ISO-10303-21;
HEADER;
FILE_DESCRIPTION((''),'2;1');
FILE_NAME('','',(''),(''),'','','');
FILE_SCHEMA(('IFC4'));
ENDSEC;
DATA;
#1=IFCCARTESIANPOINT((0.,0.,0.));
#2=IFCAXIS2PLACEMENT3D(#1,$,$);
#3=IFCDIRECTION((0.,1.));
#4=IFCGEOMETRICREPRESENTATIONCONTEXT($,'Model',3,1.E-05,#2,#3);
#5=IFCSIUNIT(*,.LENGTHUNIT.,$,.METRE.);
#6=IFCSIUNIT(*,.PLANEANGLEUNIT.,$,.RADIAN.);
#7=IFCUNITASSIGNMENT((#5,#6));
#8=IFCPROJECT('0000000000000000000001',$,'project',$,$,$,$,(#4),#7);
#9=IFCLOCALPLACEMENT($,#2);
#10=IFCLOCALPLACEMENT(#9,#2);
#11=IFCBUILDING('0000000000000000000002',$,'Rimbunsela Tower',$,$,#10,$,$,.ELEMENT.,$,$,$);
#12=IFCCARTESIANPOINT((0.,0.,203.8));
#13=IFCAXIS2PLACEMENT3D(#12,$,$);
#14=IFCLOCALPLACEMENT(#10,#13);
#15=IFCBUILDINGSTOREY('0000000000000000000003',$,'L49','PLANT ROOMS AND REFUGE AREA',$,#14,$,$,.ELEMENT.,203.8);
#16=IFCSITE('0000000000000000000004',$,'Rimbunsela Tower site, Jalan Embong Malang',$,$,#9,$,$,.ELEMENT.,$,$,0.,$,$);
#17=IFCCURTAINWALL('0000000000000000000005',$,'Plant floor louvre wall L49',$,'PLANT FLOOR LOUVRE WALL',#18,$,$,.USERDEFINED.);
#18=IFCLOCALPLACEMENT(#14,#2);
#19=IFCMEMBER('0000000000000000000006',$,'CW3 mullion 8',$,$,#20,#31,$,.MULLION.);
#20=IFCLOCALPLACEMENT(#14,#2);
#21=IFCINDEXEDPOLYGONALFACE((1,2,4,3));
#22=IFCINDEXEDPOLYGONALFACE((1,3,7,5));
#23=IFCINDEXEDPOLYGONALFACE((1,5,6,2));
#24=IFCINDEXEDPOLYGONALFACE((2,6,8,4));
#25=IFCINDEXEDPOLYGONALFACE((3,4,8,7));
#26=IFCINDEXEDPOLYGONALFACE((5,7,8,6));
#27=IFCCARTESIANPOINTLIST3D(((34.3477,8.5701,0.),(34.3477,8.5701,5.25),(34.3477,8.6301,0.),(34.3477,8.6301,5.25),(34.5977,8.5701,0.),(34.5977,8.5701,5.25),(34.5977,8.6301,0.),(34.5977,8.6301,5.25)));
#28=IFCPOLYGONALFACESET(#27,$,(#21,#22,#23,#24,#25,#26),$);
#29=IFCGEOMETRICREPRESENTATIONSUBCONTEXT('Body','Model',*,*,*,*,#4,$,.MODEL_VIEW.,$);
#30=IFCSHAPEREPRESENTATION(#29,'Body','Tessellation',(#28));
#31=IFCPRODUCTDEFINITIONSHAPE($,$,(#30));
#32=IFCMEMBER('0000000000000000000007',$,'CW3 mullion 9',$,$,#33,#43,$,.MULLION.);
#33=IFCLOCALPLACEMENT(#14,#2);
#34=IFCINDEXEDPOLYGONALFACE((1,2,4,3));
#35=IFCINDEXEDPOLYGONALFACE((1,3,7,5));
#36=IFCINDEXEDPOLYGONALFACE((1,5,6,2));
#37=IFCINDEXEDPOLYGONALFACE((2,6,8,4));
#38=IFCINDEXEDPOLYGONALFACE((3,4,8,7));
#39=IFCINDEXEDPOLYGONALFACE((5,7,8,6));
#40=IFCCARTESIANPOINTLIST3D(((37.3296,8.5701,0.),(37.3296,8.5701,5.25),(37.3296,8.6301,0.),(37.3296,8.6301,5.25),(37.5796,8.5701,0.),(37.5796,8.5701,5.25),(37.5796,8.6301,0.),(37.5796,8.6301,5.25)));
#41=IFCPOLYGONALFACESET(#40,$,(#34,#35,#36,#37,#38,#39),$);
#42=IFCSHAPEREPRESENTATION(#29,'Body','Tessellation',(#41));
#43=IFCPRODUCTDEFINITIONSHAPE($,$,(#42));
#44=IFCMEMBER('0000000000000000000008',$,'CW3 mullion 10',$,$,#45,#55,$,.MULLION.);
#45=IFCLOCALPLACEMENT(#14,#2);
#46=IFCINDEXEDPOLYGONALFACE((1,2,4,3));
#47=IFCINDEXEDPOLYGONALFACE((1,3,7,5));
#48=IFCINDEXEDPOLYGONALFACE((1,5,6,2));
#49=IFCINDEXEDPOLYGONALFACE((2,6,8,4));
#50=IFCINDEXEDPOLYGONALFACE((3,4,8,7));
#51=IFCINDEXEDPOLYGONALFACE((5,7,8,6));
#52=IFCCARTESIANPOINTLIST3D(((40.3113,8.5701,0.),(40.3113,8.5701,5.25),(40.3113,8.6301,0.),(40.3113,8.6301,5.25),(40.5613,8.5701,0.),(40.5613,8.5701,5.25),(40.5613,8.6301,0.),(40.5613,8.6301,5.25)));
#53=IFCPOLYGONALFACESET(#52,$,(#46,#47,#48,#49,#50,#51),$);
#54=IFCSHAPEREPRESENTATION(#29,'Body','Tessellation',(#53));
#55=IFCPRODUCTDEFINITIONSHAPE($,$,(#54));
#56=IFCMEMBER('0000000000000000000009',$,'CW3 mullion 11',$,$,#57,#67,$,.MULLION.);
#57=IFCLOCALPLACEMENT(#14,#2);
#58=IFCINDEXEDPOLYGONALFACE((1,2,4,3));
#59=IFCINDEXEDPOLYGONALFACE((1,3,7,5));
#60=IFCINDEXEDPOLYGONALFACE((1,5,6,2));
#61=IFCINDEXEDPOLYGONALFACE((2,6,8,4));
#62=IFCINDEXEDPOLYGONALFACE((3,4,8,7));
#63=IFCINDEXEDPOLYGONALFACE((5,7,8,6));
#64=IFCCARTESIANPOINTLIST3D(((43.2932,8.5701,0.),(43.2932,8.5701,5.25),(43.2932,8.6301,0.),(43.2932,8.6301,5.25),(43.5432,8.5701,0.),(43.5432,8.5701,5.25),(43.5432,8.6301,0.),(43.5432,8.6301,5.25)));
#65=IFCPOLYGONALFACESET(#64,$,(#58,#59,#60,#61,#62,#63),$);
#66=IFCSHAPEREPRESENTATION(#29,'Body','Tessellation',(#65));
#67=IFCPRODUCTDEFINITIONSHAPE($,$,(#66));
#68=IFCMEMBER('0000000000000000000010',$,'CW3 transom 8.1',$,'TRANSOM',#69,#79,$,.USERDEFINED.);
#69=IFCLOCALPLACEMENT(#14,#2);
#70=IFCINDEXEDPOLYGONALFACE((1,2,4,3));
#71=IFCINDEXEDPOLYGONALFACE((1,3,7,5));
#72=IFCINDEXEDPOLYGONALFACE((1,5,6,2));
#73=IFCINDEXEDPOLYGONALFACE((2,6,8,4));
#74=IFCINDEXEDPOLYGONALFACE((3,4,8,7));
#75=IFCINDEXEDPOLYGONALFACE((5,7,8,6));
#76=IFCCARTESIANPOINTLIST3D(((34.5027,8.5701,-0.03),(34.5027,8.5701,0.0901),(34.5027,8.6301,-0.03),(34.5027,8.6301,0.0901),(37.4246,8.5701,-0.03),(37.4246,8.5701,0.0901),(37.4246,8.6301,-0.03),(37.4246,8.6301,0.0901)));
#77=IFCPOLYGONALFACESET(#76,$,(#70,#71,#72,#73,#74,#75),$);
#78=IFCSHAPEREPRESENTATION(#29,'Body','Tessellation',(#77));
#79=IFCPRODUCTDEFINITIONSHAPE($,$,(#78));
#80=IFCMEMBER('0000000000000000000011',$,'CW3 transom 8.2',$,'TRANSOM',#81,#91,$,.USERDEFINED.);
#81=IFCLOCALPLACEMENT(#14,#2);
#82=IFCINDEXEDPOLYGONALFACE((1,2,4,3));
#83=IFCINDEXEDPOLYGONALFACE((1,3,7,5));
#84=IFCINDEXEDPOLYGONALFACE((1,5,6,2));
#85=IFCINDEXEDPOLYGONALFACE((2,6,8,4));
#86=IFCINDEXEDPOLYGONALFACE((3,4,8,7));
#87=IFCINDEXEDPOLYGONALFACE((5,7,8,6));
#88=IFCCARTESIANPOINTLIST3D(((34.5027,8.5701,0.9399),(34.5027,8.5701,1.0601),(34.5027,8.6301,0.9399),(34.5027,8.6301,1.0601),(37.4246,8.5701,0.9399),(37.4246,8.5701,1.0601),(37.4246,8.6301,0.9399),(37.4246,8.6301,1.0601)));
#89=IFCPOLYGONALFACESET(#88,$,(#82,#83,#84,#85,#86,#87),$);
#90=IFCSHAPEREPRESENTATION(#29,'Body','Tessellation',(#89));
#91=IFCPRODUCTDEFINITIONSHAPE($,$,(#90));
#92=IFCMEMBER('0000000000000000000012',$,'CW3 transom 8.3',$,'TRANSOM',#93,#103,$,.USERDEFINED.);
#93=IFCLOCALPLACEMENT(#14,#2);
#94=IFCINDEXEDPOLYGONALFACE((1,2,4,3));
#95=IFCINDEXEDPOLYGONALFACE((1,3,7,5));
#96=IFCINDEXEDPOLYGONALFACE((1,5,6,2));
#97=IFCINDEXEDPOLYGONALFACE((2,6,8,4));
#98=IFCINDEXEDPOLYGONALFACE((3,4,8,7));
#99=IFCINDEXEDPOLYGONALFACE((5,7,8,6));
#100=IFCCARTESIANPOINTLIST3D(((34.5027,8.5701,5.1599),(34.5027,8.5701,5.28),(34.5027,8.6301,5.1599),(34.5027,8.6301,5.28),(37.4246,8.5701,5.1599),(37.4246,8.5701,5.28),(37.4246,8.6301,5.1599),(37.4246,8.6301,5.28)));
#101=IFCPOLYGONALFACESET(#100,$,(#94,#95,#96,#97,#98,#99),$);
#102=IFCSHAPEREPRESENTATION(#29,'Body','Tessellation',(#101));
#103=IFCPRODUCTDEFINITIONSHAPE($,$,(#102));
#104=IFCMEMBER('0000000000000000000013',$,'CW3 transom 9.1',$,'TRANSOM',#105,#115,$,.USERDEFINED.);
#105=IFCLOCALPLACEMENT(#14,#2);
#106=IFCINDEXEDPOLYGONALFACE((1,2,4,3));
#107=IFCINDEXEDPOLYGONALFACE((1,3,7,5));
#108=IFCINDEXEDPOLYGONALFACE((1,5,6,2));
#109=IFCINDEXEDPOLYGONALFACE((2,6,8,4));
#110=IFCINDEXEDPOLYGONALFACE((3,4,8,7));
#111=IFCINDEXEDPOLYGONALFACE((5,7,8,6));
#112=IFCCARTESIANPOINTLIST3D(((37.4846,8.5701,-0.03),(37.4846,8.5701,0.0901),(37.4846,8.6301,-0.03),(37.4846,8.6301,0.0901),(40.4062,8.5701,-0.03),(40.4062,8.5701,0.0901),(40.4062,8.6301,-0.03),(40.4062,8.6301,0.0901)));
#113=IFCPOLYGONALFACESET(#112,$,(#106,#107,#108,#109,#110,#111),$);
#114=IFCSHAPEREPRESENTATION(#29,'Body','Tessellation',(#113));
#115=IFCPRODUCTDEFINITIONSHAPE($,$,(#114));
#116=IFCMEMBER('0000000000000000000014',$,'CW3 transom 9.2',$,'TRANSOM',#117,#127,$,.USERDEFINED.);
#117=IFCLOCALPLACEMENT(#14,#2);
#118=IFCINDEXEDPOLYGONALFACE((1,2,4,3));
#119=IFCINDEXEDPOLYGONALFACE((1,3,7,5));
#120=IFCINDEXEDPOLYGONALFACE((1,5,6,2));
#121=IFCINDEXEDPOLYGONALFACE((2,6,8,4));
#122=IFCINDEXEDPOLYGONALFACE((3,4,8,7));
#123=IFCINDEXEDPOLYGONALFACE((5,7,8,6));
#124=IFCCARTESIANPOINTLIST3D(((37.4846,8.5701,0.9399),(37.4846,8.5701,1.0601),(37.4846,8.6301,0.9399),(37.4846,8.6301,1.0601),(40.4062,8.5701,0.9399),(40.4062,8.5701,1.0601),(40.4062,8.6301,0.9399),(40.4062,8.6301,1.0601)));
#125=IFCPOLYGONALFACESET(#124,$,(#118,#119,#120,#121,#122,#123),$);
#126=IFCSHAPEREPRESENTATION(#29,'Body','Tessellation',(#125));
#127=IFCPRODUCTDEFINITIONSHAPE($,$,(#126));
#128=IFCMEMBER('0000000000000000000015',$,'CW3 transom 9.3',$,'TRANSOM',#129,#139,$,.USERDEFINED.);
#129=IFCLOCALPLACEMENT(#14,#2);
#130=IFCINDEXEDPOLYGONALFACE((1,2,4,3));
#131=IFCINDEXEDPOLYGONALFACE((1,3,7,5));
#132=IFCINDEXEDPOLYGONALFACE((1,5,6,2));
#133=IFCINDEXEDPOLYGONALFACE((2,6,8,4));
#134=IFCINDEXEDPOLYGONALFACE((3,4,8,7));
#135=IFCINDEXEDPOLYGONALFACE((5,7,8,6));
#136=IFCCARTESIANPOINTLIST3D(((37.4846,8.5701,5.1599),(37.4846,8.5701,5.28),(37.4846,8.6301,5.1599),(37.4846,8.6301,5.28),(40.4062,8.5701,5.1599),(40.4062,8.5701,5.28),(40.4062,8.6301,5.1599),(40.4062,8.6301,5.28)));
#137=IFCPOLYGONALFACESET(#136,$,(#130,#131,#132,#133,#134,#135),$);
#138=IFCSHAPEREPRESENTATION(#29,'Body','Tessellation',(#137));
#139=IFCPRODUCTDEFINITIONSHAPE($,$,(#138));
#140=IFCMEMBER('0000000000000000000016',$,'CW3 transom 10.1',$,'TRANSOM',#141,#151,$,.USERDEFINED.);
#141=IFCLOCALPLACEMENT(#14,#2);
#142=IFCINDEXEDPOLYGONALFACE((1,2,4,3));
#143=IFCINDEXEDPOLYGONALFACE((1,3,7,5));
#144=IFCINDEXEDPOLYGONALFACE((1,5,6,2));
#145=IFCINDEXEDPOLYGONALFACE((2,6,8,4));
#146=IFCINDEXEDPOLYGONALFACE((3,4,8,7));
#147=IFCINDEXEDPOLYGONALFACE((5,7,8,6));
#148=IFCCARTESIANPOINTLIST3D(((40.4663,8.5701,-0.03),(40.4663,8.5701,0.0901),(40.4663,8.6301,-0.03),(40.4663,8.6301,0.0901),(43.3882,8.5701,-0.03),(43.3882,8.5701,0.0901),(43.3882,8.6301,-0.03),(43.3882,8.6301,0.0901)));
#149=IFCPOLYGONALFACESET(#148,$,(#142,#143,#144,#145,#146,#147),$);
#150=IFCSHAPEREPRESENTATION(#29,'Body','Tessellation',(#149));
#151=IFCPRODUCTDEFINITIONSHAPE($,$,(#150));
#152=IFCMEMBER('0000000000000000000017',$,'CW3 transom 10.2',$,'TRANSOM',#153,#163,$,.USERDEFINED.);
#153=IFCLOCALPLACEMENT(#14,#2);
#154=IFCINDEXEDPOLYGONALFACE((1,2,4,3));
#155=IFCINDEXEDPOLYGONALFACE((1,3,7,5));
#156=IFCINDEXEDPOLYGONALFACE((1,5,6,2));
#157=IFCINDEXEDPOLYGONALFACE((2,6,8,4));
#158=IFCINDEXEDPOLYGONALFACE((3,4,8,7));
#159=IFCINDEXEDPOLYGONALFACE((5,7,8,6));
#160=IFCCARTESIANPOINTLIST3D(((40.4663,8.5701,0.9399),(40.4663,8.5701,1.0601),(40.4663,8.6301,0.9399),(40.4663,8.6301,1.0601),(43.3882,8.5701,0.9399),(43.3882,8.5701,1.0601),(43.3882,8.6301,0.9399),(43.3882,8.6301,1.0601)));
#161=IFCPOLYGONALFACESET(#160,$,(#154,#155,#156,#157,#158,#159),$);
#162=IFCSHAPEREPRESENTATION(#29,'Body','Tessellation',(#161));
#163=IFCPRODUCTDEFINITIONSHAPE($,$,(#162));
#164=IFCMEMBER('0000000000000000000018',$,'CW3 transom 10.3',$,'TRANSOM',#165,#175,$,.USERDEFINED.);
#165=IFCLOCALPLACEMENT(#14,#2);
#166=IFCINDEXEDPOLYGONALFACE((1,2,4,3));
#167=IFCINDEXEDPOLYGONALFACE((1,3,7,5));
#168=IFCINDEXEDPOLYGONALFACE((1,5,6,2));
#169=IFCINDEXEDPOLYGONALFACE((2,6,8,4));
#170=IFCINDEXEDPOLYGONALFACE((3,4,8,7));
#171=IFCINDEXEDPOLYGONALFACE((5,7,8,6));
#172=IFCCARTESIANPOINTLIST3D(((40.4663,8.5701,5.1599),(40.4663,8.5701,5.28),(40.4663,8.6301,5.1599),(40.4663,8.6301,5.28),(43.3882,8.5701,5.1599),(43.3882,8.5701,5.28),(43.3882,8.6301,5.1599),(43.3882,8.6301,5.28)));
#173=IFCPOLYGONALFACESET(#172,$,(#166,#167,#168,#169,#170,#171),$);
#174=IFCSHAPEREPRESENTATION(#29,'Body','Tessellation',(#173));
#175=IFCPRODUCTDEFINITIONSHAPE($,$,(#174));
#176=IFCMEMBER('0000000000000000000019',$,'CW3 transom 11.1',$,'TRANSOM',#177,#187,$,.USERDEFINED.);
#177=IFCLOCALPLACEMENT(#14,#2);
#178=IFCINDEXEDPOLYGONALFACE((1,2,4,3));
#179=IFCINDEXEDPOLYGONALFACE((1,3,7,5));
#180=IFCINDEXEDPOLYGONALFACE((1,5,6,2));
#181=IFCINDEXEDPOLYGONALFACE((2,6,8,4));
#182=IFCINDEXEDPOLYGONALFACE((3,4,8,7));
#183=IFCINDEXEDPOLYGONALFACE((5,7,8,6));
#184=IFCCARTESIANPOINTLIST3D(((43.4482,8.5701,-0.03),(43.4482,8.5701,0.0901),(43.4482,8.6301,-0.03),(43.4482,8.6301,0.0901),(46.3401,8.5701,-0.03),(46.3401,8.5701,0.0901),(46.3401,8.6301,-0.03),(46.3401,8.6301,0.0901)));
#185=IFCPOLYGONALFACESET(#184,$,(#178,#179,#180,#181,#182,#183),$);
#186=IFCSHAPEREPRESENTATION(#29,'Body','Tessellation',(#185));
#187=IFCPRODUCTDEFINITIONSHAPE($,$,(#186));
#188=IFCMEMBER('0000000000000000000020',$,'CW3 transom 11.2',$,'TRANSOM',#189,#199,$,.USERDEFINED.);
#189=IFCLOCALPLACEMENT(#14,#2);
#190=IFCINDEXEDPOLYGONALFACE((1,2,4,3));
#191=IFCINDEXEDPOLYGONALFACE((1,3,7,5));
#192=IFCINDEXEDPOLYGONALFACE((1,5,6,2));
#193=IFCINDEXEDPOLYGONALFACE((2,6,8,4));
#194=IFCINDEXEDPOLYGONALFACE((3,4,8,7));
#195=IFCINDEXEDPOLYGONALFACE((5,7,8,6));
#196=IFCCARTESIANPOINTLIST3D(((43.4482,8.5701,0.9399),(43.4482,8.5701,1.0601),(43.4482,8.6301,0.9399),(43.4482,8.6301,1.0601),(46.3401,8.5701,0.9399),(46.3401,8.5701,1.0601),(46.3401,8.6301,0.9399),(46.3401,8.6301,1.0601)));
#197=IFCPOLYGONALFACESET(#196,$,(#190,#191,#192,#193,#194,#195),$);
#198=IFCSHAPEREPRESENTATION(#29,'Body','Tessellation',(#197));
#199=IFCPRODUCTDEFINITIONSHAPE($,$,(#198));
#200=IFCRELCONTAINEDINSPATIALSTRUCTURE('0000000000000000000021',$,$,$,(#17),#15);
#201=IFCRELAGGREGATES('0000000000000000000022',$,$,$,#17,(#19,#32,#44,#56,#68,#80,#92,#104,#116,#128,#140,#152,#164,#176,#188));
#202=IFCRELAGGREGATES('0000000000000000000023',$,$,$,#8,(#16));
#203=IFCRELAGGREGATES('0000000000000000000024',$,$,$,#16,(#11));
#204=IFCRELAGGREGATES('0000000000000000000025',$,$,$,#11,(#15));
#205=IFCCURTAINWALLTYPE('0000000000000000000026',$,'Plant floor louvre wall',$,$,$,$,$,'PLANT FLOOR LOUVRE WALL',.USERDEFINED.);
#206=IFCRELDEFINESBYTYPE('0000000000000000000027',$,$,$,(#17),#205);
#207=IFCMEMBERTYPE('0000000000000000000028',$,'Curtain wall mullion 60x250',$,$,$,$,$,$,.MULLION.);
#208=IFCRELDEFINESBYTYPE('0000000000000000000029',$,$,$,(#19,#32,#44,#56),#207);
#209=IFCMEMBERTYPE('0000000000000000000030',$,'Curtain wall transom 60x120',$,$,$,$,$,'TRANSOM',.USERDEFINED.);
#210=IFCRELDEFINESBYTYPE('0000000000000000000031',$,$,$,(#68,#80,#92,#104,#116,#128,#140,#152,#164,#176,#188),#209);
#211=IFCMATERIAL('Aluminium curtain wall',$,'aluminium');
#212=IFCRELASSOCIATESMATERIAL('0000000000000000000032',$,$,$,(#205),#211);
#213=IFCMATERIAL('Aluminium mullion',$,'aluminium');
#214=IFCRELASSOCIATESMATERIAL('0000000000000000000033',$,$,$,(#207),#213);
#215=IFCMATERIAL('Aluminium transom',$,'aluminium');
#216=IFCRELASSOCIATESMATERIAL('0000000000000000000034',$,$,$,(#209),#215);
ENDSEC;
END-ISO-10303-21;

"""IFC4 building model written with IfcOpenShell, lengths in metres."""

from ifc_helpers import new_model, si_unit, direction, frame, origin, origin_2d, place, context, subcontext, project, spatial, rectangle, extrude, material, material_profile, profile_set, type_object, element, aggregate, save


model = new_model("IFC4")

# Units and contexts
model_context = context("Model", 3, precision=1e-05, world=origin(), true_north=direction((0.0, 1.0)))
body_context = subcontext(model_context, "Body", "Model", "MODEL_VIEW")
ifc_project = project(units=[si_unit("LENGTHUNIT", "METRE"), si_unit("PLANEANGLEUNIT", "RADIAN")], contexts=[model_context])

# Site, building, storey
site_placement = place(None, origin())
site = spatial("IfcSite", under=ifc_project, at=site_placement, Name="Rimbunsela Tower site, Jalan Embong Malang", CompositionType="ELEMENT", RefElevation=0.0)
building_placement = place(site_placement, origin())
building = spatial("IfcBuilding", under=site, at=building_placement, Name="Rimbunsela Tower", CompositionType="ELEMENT")
storey_placement = place(building_placement, frame((0.0, 0.0, 203.8)))
storey = spatial("IfcBuildingStorey", under=building, at=storey_placement, Name="L49", Description="PLANT ROOMS AND REFUGE AREA", CompositionType="ELEMENT", Elevation=203.8)

# Curtain wall, members
ifc_material_1 = material(Name="Aluminium curtain wall", Category="aluminium")
curtain_wall_type = type_object("IfcCurtainWallType", Name="Plant floor louvre wall", ElementType="PLANT FLOOR LOUVRE WALL", PredefinedType="USERDEFINED", material=ifc_material_1)
curtain_wall_placement = place(storey_placement, origin())
curtain_wall = element("IfcCurtainWall", 1, at=curtain_wall_placement, inside=storey, type_object=curtain_wall_type, Name="Plant floor louvre wall L49", ObjectType="PLANT FLOOR LOUVRE WALL", PredefinedType="USERDEFINED")
ifc_material_2 = material(Name="Aluminium mullion", Category="aluminium")
ifc_material_profile_1 = material_profile(ifc_material_2, rectangle(XDim=0.0601, YDim=0.25, at=origin_2d()), Name="Mullion 60x250")
ifc_profile_set_1 = profile_set([ifc_material_profile_1], Name="Aluminium mullion")
member_type_1 = type_object("IfcMemberType", Name="Curtain wall mullion 60x250", PredefinedType="MULLION", material=ifc_profile_set_1)
member_1_placement = place(storey_placement, frame((34.4727, 8.6001, 0.0), z_axis=(0.0, 0.0, 1.0), x_axis=(0.0, 1.0, 0.0)))
member_1 = element("IfcMember", 2, at=member_1_placement, type_object=member_type_1, Name="CW3 mullion 8", PredefinedType="MULLION", context=body_context, shape_type="SweptSolid", body=[
    extrude(rectangle(XDim=0.0601, YDim=0.25, at=origin_2d()), origin(), (0.0, 0.0, 1.0), 5.25),
])
member_2_placement = place(storey_placement, frame((37.4546, 8.6001, 0.0), z_axis=(0.0, 0.0, 1.0), x_axis=(0.0, 1.0, 0.0)))
member_2 = element("IfcMember", 3, at=member_2_placement, type_object=member_type_1, Name="CW3 mullion 9", PredefinedType="MULLION", context=body_context, shape_type="SweptSolid", body=[
    extrude(rectangle(XDim=0.0601, YDim=0.25, at=origin_2d()), origin(), (0.0, 0.0, 1.0), 5.25),
])
member_3_placement = place(storey_placement, frame((40.4363, 8.6001, 0.0), z_axis=(0.0, 0.0, 1.0), x_axis=(0.0, 1.0, 0.0)))
member_3 = element("IfcMember", 4, at=member_3_placement, type_object=member_type_1, Name="CW3 mullion 10", PredefinedType="MULLION", context=body_context, shape_type="SweptSolid", body=[
    extrude(rectangle(XDim=0.0601, YDim=0.25, at=origin_2d()), origin(), (0.0, 0.0, 1.0), 5.25),
])
member_4_placement = place(storey_placement, frame((43.4182, 8.6001, 0.0), z_axis=(0.0, 0.0, 1.0), x_axis=(0.0, 1.0, 0.0)))
member_4 = element("IfcMember", 5, at=member_4_placement, type_object=member_type_1, Name="CW3 mullion 11", PredefinedType="MULLION", context=body_context, shape_type="SweptSolid", body=[
    extrude(rectangle(XDim=0.0601, YDim=0.25, at=origin_2d()), origin(), (0.0, 0.0, 1.0), 5.25),
])
ifc_material_3 = material(Name="Aluminium transom", Category="aluminium")
ifc_material_profile_2 = material_profile(ifc_material_3, rectangle(XDim=0.0601, YDim=0.1201, at=origin_2d()), Name="Transom 60x120")
ifc_profile_set_2 = profile_set([ifc_material_profile_2], Name="Aluminium transom")
member_type_2 = type_object("IfcMemberType", Name="Curtain wall transom 60x120", ElementType="TRANSOM", PredefinedType="USERDEFINED", material=ifc_profile_set_2)
member_5_placement = place(storey_placement, frame((34.5027, 8.6001, 0.03), z_axis=(1.0, 0.0, 0.0), x_axis=(0.0, 1.0, 0.0)))
member_5 = element("IfcMember", 6, at=member_5_placement, type_object=member_type_2, Name="CW3 transom 8.1", ObjectType="TRANSOM", PredefinedType="USERDEFINED", context=body_context, shape_type="SweptSolid", body=[
    extrude(rectangle(XDim=0.0601, YDim=0.1201, at=origin_2d()), origin(), (0.0, 0.0, 1.0), 2.9219),
])
member_6_placement = place(storey_placement, frame((34.5027, 8.6001, 1.0), z_axis=(1.0, 0.0, 0.0), x_axis=(0.0, 1.0, 0.0)))
member_6 = element("IfcMember", 7, at=member_6_placement, type_object=member_type_2, Name="CW3 transom 8.2", ObjectType="TRANSOM", PredefinedType="USERDEFINED", context=body_context, shape_type="SweptSolid", body=[
    extrude(rectangle(XDim=0.0601, YDim=0.1201, at=origin_2d()), origin(), (0.0, 0.0, 1.0), 2.9219),
])
member_7_placement = place(storey_placement, frame((34.5027, 8.6001, 5.22), z_axis=(1.0, 0.0, 0.0), x_axis=(0.0, 1.0, 0.0)))
member_7 = element("IfcMember", 8, at=member_7_placement, type_object=member_type_2, Name="CW3 transom 8.3", ObjectType="TRANSOM", PredefinedType="USERDEFINED", context=body_context, shape_type="SweptSolid", body=[
    extrude(rectangle(XDim=0.0601, YDim=0.1201, at=origin_2d()), origin(), (0.0, 0.0, 1.0), 2.9219),
])
member_8_placement = place(storey_placement, frame((37.4846, 8.6001, 0.03), z_axis=(1.0, 0.0, 0.0), x_axis=(0.0, 1.0, 0.0)))
member_8 = element("IfcMember", 9, at=member_8_placement, type_object=member_type_2, Name="CW3 transom 9.1", ObjectType="TRANSOM", PredefinedType="USERDEFINED", context=body_context, shape_type="SweptSolid", body=[
    extrude(rectangle(XDim=0.0601, YDim=0.1201, at=origin_2d()), origin(), (0.0, 0.0, 1.0), 2.9216),
])
member_9_placement = place(storey_placement, frame((37.4846, 8.6001, 1.0), z_axis=(1.0, 0.0, 0.0), x_axis=(0.0, 1.0, 0.0)))
member_9 = element("IfcMember", 10, at=member_9_placement, type_object=member_type_2, Name="CW3 transom 9.2", ObjectType="TRANSOM", PredefinedType="USERDEFINED", context=body_context, shape_type="SweptSolid", body=[
    extrude(rectangle(XDim=0.0601, YDim=0.1201, at=origin_2d()), origin(), (0.0, 0.0, 1.0), 2.9216),
])
member_10_placement = place(storey_placement, frame((37.4846, 8.6001, 5.22), z_axis=(1.0, 0.0, 0.0), x_axis=(0.0, 1.0, 0.0)))
member_10 = element("IfcMember", 11, at=member_10_placement, type_object=member_type_2, Name="CW3 transom 9.3", ObjectType="TRANSOM", PredefinedType="USERDEFINED", context=body_context, shape_type="SweptSolid", body=[
    extrude(rectangle(XDim=0.0601, YDim=0.1201, at=origin_2d()), origin(), (0.0, 0.0, 1.0), 2.9216),
])
member_11_placement = place(storey_placement, frame((40.4663, 8.6001, 0.03), z_axis=(1.0, 0.0, 0.0), x_axis=(0.0, 1.0, 0.0)))
member_11 = element("IfcMember", 12, at=member_11_placement, type_object=member_type_2, Name="CW3 transom 10.1", ObjectType="TRANSOM", PredefinedType="USERDEFINED", context=body_context, shape_type="SweptSolid", body=[
    extrude(rectangle(XDim=0.0601, YDim=0.1201, at=origin_2d()), origin(), (0.0, 0.0, 1.0), 2.9219),
])
member_12_placement = place(storey_placement, frame((40.4663, 8.6001, 1.0), z_axis=(1.0, 0.0, 0.0), x_axis=(0.0, 1.0, 0.0)))
member_12 = element("IfcMember", 13, at=member_12_placement, type_object=member_type_2, Name="CW3 transom 10.2", ObjectType="TRANSOM", PredefinedType="USERDEFINED", context=body_context, shape_type="SweptSolid", body=[
    extrude(rectangle(XDim=0.0601, YDim=0.1201, at=origin_2d()), origin(), (0.0, 0.0, 1.0), 2.9219),
])
member_13_placement = place(storey_placement, frame((40.4663, 8.6001, 5.22), z_axis=(1.0, 0.0, 0.0), x_axis=(0.0, 1.0, 0.0)))
member_13 = element("IfcMember", 14, at=member_13_placement, type_object=member_type_2, Name="CW3 transom 10.3", ObjectType="TRANSOM", PredefinedType="USERDEFINED", context=body_context, shape_type="SweptSolid", body=[
    extrude(rectangle(XDim=0.0601, YDim=0.1201, at=origin_2d()), origin(), (0.0, 0.0, 1.0), 2.9219),
])
member_14_placement = place(storey_placement, frame((43.4482, 8.6001, 0.03), z_axis=(1.0, 0.0, 0.0), x_axis=(0.0, 1.0, 0.0)))
member_14 = element("IfcMember", 15, at=member_14_placement, type_object=member_type_2, Name="CW3 transom 11.1", ObjectType="TRANSOM", PredefinedType="USERDEFINED", context=body_context, shape_type="SweptSolid", body=[
    extrude(rectangle(XDim=0.0601, YDim=0.1201, at=origin_2d()), origin(), (0.0, 0.0, 1.0), 2.8918),
])
member_15_placement = place(storey_placement, frame((43.4482, 8.6001, 1.0), z_axis=(1.0, 0.0, 0.0), x_axis=(0.0, 1.0, 0.0)))
member_15 = element("IfcMember", 16, at=member_15_placement, type_object=member_type_2, Name="CW3 transom 11.2", ObjectType="TRANSOM", PredefinedType="USERDEFINED", context=body_context, shape_type="SweptSolid", body=[
    extrude(rectangle(XDim=0.0601, YDim=0.1201, at=origin_2d()), origin(), (0.0, 0.0, 1.0), 2.8918),
])

aggregate(curtain_wall, [member_1, member_2, member_3, member_4, member_5, member_6, member_7, member_8, member_9, member_10, member_11, member_12, member_13, member_14, member_15])

save(model, "model.ifc")
